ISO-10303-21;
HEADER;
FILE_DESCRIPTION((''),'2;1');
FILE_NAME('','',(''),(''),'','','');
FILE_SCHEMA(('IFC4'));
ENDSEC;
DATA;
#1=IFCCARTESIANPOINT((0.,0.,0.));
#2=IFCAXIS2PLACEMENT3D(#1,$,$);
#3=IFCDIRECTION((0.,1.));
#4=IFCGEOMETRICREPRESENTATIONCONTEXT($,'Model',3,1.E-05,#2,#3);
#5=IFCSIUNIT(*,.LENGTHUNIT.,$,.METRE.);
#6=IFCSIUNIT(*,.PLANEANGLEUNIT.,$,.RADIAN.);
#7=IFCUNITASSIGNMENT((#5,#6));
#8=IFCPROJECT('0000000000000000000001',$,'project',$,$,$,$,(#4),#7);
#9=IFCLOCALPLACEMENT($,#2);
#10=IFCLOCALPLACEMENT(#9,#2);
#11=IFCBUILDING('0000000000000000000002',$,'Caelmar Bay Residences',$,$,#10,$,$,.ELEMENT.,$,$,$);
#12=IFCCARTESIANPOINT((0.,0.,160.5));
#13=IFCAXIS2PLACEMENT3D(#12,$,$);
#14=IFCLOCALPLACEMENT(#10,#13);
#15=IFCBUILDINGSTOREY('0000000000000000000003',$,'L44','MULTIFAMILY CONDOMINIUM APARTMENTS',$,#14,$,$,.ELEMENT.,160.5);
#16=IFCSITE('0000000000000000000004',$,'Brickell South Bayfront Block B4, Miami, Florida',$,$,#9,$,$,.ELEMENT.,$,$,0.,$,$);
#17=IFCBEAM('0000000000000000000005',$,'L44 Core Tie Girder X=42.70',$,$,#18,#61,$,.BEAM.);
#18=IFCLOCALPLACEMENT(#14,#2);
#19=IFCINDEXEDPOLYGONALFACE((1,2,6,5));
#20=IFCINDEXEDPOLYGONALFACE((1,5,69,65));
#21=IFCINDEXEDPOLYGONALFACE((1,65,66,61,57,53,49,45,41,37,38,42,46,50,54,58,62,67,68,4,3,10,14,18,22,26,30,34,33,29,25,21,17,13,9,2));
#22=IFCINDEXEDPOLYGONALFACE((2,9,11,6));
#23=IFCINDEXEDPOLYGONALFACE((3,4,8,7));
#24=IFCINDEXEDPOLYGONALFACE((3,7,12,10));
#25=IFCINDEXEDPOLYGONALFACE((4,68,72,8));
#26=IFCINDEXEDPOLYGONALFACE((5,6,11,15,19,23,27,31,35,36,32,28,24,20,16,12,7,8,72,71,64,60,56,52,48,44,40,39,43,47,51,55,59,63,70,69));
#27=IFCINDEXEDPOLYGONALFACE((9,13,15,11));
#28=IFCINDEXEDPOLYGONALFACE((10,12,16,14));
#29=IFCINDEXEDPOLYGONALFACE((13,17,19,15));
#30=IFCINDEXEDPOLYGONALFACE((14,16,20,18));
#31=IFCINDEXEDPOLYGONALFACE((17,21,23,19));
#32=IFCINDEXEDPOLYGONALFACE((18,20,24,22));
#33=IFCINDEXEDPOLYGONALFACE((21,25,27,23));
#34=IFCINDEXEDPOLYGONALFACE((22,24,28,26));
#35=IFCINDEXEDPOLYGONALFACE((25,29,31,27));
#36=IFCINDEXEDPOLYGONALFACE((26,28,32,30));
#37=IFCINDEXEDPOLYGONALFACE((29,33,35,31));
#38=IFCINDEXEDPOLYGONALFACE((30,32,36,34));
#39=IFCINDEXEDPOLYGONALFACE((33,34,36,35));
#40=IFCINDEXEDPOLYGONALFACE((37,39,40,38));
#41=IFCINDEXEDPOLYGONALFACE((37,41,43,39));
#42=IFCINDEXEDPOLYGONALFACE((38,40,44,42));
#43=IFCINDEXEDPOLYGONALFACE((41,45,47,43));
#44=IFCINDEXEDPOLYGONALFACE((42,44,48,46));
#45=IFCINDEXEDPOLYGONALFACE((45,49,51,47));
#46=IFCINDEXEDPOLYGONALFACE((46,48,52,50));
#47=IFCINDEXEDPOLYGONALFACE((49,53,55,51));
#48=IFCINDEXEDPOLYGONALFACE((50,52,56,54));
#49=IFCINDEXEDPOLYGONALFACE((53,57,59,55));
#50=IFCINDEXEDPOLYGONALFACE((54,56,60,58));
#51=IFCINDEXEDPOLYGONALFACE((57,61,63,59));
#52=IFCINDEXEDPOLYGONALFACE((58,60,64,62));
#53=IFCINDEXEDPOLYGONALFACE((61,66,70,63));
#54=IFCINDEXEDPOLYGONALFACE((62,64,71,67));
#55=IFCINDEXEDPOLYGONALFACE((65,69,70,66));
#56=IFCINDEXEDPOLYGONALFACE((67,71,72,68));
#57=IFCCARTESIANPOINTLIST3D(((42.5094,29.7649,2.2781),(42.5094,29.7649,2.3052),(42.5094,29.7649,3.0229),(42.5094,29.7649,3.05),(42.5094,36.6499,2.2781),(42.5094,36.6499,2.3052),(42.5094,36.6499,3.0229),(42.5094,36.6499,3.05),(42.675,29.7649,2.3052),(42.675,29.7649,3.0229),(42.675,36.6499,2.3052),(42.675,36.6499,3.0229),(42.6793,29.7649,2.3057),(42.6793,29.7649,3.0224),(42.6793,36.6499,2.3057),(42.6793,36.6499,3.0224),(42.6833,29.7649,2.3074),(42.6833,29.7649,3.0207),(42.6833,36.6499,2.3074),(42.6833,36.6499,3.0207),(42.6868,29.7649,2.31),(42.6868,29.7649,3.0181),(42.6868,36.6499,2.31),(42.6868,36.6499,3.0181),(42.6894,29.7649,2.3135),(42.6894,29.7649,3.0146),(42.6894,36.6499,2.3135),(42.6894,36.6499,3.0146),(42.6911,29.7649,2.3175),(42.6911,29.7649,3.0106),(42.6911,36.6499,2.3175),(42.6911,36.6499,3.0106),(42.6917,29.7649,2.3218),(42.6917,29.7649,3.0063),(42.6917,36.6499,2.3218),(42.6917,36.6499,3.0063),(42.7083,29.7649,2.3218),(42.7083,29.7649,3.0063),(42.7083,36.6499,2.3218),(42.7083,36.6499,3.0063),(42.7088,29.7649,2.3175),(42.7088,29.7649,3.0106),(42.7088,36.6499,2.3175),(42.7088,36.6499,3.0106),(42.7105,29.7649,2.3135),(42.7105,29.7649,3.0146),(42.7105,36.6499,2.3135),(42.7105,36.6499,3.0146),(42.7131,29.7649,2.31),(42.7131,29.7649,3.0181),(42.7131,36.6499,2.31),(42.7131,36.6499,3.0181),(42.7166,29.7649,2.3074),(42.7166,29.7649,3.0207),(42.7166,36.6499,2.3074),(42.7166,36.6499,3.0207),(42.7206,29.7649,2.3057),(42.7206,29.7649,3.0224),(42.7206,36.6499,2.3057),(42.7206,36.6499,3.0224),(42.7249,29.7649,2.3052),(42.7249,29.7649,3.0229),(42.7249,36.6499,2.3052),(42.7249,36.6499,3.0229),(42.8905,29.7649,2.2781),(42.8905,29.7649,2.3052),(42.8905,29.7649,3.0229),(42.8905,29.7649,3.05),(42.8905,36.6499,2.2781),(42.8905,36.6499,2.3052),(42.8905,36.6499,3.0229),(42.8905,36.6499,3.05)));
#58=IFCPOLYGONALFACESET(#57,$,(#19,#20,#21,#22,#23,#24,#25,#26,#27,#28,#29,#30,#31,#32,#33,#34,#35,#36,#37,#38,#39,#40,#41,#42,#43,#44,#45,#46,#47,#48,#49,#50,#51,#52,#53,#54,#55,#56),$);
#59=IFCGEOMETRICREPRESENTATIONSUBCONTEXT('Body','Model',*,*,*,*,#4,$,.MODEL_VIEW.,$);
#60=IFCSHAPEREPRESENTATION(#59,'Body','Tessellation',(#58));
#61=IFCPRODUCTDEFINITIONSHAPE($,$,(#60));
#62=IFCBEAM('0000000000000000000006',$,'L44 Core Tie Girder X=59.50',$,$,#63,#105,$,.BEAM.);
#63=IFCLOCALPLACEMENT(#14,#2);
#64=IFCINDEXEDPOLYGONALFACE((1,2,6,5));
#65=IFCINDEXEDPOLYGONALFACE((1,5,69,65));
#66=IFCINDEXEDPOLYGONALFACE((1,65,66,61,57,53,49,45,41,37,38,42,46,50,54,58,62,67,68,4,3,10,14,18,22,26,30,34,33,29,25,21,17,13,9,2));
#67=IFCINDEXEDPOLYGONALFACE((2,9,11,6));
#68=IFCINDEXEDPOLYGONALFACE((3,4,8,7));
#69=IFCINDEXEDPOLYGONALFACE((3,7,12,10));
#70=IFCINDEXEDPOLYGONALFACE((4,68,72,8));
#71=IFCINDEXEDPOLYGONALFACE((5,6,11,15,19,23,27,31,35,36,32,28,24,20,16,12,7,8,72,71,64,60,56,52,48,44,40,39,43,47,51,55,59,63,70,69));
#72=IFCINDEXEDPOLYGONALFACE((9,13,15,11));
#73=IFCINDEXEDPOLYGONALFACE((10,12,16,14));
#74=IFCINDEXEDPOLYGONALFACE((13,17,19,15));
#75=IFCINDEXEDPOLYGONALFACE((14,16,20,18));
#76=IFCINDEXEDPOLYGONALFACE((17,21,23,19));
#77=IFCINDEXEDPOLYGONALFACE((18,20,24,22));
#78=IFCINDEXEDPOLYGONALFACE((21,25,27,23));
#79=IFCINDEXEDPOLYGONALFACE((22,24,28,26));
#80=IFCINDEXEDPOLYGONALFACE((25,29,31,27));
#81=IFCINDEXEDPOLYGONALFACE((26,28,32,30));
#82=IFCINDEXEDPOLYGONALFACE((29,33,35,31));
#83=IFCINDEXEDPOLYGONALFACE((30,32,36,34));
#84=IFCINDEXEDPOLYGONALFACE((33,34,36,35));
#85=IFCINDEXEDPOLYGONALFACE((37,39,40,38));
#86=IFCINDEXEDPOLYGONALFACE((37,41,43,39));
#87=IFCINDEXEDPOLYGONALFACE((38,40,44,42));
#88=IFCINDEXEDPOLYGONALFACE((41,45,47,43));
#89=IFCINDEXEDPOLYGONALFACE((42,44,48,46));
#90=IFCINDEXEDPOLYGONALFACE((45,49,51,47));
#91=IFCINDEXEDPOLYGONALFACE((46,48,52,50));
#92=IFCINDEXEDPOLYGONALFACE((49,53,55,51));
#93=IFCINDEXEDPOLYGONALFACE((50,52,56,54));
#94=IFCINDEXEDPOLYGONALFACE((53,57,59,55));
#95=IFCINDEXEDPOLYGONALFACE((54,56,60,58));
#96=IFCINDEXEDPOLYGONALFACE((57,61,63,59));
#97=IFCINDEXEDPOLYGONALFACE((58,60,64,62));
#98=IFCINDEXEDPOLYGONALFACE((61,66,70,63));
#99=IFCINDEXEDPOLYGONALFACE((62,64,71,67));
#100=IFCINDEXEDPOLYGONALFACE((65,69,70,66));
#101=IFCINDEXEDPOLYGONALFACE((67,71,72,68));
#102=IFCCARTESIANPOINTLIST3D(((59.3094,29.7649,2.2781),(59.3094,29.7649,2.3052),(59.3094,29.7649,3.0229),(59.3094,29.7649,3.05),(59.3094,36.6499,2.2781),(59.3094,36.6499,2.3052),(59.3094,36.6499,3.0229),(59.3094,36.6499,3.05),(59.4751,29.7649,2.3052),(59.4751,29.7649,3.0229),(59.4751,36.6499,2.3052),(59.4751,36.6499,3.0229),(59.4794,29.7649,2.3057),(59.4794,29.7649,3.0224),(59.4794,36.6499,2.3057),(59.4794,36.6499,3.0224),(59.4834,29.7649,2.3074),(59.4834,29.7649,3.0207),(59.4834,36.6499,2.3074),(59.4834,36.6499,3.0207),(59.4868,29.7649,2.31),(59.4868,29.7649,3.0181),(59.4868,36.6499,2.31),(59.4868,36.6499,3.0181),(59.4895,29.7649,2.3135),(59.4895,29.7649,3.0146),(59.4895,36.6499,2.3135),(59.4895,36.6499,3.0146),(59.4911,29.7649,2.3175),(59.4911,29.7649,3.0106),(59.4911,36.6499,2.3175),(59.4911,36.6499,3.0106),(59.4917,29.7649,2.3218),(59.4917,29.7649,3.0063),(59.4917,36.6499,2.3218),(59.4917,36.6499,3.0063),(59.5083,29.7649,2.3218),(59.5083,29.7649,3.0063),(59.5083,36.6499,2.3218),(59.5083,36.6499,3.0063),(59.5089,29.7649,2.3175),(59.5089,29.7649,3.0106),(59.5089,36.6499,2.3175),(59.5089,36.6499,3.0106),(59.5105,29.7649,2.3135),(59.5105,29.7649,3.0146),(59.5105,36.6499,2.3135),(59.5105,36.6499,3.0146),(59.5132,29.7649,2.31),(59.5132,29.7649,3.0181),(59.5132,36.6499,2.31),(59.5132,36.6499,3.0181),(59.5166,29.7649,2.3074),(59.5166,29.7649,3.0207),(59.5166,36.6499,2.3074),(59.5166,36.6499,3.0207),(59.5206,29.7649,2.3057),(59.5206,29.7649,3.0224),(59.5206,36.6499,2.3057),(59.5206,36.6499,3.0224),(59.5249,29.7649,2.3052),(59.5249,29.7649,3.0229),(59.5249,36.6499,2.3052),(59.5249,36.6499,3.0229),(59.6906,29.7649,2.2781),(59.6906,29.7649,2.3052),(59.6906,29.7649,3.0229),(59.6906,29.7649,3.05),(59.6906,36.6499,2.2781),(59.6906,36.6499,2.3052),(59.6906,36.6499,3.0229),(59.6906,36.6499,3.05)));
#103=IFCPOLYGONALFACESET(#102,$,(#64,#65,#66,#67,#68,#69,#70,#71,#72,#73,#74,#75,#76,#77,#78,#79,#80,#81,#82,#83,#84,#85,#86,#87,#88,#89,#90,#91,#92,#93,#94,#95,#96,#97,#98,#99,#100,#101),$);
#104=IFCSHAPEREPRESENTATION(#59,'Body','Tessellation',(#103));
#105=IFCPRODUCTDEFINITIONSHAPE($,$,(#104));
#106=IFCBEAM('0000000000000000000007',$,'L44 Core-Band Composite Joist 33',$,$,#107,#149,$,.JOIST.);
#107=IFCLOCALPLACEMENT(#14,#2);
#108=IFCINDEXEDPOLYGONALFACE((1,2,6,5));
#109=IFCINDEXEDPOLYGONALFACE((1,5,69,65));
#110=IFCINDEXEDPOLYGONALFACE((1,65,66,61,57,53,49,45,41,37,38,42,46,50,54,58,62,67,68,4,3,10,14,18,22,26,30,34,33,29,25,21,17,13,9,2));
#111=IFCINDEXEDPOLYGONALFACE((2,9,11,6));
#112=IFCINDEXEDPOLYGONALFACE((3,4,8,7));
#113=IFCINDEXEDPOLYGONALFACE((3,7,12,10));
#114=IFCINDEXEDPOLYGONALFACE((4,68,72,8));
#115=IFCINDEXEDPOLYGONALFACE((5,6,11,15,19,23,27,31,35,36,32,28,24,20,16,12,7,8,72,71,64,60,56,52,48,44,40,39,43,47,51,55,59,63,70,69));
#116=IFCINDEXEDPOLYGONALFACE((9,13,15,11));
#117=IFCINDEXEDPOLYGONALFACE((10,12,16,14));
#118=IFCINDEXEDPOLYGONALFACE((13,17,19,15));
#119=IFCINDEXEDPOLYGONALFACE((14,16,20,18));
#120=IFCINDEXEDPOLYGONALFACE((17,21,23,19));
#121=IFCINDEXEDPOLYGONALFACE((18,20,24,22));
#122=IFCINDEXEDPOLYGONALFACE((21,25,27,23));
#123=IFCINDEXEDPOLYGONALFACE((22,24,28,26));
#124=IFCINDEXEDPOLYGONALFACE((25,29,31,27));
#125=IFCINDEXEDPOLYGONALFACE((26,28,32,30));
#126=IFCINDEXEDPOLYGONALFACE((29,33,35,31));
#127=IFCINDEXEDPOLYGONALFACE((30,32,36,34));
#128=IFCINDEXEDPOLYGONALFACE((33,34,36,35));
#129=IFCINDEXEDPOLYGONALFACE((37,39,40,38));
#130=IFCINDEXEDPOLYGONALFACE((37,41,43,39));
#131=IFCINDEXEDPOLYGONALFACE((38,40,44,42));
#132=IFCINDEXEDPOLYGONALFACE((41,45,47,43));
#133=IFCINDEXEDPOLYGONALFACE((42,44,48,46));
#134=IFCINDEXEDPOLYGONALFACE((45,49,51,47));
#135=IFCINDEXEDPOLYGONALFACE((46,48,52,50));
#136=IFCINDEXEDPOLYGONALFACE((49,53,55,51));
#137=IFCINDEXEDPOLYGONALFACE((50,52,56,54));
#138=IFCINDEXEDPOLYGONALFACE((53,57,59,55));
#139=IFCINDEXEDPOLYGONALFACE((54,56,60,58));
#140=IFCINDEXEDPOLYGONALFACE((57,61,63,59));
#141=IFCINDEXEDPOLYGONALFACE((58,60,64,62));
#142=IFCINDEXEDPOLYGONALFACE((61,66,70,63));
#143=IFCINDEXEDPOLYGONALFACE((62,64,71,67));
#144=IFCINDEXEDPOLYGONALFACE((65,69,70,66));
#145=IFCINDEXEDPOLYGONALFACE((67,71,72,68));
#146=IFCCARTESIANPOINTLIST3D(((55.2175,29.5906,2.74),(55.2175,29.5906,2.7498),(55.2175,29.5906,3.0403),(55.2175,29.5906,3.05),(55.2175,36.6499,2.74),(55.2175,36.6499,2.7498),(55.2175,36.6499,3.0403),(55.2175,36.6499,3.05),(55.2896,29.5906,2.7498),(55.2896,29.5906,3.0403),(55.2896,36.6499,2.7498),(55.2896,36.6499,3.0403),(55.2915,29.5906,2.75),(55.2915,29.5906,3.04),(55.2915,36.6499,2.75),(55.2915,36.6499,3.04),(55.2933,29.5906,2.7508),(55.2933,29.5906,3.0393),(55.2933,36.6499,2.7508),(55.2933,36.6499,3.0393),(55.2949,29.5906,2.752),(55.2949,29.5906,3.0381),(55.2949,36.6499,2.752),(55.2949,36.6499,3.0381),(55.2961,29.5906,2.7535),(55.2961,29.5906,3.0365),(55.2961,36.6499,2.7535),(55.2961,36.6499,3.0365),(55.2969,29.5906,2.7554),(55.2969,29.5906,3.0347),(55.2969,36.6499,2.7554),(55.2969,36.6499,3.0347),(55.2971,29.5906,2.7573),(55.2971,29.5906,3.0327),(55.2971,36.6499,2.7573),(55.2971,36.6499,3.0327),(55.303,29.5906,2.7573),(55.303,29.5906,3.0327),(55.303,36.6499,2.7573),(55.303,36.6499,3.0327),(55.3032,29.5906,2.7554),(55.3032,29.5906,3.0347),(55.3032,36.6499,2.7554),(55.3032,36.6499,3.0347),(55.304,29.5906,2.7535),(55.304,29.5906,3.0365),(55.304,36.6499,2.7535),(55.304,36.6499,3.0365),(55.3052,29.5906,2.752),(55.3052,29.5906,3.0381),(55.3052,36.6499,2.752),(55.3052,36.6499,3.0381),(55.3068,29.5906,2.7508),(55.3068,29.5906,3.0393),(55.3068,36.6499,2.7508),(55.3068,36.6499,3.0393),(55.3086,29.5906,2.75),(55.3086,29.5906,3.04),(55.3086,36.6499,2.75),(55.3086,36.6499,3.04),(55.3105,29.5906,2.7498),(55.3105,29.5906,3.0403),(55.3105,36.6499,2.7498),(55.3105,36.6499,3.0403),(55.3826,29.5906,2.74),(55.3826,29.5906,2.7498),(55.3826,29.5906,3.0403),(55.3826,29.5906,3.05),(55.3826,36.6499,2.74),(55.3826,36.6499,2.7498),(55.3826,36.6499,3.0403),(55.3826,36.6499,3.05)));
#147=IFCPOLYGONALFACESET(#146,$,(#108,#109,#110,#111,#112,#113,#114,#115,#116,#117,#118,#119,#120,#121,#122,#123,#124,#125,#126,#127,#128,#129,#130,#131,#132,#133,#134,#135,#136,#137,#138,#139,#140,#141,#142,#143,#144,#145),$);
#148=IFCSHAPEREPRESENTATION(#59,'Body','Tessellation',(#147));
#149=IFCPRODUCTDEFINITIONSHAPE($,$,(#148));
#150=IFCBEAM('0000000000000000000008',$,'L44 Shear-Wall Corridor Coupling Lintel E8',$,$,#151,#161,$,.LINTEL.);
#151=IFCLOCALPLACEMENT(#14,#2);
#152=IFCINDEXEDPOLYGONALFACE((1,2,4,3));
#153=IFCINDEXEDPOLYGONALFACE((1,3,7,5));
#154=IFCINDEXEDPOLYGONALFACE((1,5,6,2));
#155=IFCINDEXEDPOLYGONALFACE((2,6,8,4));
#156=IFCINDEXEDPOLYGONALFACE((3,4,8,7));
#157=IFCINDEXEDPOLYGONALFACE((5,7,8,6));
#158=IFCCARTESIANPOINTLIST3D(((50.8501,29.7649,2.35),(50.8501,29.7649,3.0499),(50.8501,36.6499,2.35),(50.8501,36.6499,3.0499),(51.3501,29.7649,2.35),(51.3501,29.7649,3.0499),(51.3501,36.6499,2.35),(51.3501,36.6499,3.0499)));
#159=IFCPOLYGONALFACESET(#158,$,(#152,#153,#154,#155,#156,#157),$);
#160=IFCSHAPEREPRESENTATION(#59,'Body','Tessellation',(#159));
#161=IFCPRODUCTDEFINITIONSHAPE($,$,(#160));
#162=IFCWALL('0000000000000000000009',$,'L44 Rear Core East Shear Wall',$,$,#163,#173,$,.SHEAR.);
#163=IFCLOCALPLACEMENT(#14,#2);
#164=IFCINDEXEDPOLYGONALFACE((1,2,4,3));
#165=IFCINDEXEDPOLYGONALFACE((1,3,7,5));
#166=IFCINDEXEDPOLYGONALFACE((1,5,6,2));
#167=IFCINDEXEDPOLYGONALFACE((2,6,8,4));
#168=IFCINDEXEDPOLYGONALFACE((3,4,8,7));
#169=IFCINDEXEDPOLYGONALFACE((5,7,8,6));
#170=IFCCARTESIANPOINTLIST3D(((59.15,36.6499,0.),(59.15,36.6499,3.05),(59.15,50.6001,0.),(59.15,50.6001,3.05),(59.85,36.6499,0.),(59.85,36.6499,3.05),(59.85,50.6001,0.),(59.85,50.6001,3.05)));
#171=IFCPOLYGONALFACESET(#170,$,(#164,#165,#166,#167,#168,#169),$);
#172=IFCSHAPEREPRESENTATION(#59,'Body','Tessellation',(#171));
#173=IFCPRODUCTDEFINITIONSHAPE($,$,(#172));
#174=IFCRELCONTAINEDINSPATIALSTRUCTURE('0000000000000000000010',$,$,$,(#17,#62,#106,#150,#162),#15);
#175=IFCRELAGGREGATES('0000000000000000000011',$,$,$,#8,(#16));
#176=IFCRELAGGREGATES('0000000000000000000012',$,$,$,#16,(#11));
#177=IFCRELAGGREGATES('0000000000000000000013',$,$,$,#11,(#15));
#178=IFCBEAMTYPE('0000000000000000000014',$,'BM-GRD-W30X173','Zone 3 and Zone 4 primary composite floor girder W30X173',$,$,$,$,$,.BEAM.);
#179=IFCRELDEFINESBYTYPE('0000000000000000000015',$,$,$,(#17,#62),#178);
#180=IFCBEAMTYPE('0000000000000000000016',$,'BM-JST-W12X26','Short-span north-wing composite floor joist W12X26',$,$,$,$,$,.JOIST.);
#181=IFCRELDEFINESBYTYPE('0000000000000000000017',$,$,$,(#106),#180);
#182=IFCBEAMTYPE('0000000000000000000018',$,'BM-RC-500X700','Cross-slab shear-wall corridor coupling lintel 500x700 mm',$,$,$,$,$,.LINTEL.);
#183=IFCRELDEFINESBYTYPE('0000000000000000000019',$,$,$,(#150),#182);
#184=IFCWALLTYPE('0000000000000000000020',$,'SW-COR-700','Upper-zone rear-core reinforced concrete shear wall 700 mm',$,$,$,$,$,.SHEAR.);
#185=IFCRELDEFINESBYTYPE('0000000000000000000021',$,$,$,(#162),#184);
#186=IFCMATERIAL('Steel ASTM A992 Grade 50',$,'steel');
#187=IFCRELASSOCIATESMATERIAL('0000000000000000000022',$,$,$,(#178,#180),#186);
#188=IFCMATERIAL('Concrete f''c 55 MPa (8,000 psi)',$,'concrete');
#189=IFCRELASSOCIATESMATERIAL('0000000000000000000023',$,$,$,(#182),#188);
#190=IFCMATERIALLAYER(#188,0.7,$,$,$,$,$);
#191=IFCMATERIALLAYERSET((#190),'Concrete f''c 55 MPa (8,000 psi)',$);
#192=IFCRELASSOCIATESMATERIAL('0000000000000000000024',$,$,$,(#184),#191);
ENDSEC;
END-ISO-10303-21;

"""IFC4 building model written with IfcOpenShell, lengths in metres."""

from ifc_helpers import new_model, si_unit, direction, frame, frame_2d, origin, origin_2d, place, context, subcontext, project, spatial, rectangle, i_section, extrude, material, layer, layer_set, material_profile, profile_set, type_object, element, save


model = new_model("IFC4")

# Units and contexts
model_context = context("Model", 3, precision=1e-05, world=origin(), true_north=direction((0.0, 1.0)))
body_context = subcontext(model_context, "Body", "Model", "MODEL_VIEW")
ifc_project = project(units=[si_unit("LENGTHUNIT", "METRE"), si_unit("PLANEANGLEUNIT", "RADIAN")], contexts=[model_context])

# Site, building, storey
site_placement = place(None, origin())
site = spatial("IfcSite", under=ifc_project, at=site_placement, Name="Brickell South Bayfront Block B4, Miami, Florida", CompositionType="ELEMENT", RefElevation=0.0)
building_placement = place(site_placement, origin())
building = spatial("IfcBuilding", under=site, at=building_placement, Name="Caelmar Bay Residences", CompositionType="ELEMENT")
storey_placement = place(building_placement, frame((0.0, 0.0, 160.5)))
storey = spatial("IfcBuildingStorey", under=building, at=storey_placement, Name="L44", Description="MULTIFAMILY CONDOMINIUM APARTMENTS", CompositionType="ELEMENT", Elevation=160.5)

# Beams
ifc_material_1 = material(Name="Steel ASTM A992 Grade 50", Category="steel")
ifc_material_profile_1 = material_profile(ifc_material_1, i_section(OverallWidth=0.3811, OverallDepth=0.772, WebThickness=0.0166, FlangeThickness=0.0271, FilletRadius=0.0166, at=origin_2d()), Name="W30X173")
ifc_profile_set_1 = profile_set([ifc_material_profile_1], Name="Steel ASTM A992 Grade 50")
beam_type_1 = type_object("IfcBeamType", Name="BM-GRD-W30X173", Description="Zone 3 and Zone 4 primary composite floor girder W30X173", PredefinedType="BEAM", material=ifc_profile_set_1)
for number, where, z_axis, x_axis, name in (
    (1, (42.7, 29.7649, 2.6641), (0.0, 1.0, 0.0), (-1.0, 0.0, 0.0), "L44 Core Tie Girder X=42.70"),
    (2, (59.5, 29.7649, 2.6641), (0.0, 1.0, 0.0), (-1.0, 0.0, 0.0), "L44 Core Tie Girder X=59.50"),
):
    element("IfcBeam", number, at=place(storey_placement, frame(where, z_axis=z_axis, x_axis=x_axis)), inside=storey, type_object=beam_type_1, Name=name, PredefinedType="BEAM", context=body_context, shape_type="SweptSolid", body=[
        extrude(i_section(OverallWidth=0.3811, OverallDepth=0.772, WebThickness=0.0166, FlangeThickness=0.0271, FilletRadius=0.0166, at=origin_2d()), origin(), (0.0, 0.0, 1.0), 6.885),
    ])
ifc_material_profile_2 = material_profile(ifc_material_1, i_section(OverallWidth=0.165, OverallDepth=0.3101, WebThickness=0.0059, FlangeThickness=0.0098, FilletRadius=0.0076, at=origin_2d()), Name="W12X26")
ifc_profile_set_2 = profile_set([ifc_material_profile_2], Name="Steel ASTM A992 Grade 50")
beam_type_2 = type_object("IfcBeamType", Name="BM-JST-W12X26", Description="Short-span north-wing composite floor joist W12X26", PredefinedType="JOIST", material=ifc_profile_set_2)
beam_1_placement = place(storey_placement, frame((55.3, 29.5906, 2.895), z_axis=(0.0, 1.0, 0.0), x_axis=(-1.0, 0.0, 0.0)))
element("IfcBeam", 3, at=beam_1_placement, inside=storey, type_object=beam_type_2, Name="L44 Core-Band Composite Joist 33", PredefinedType="JOIST", context=body_context, shape_type="SweptSolid", body=[
    extrude(i_section(OverallWidth=0.165, OverallDepth=0.3101, WebThickness=0.0059, FlangeThickness=0.0098, FilletRadius=0.0076, at=origin_2d()), origin(), (0.0, 0.0, 1.0), 7.0593),
])
ifc_material_2 = material(Name="Concrete f'c 55 MPa (8,000 psi)", Category="concrete")
ifc_material_profile_3 = material_profile(ifc_material_2, rectangle(XDim=0.5, YDim=0.7, at=origin_2d()), Name="RC-BM-500X700")
ifc_profile_set_3 = profile_set([ifc_material_profile_3], Name="Concrete f'c 55 MPa (8,000 psi)")
beam_type_3 = type_object("IfcBeamType", Name="BM-RC-500X700", Description="Cross-slab shear-wall corridor coupling lintel 500x700 mm", PredefinedType="LINTEL", material=ifc_profile_set_3)
beam_2_placement = place(storey_placement, frame((51.1001, 29.7649, 2.7), z_axis=(0.0, 1.0, 0.0), x_axis=(-1.0, 0.0, 0.0)))
element("IfcBeam", 4, at=beam_2_placement, inside=storey, type_object=beam_type_3, Name="L44 Shear-Wall Corridor Coupling Lintel E8", PredefinedType="LINTEL", context=body_context, shape_type="SweptSolid", body=[
    extrude(rectangle(XDim=0.5, YDim=0.7, at=origin_2d()), origin(), (0.0, 0.0, 1.0), 6.885),
])

# Wall
ifc_layer_1 = layer(ifc_material_2, 0.7)
ifc_layer_set_1 = layer_set([ifc_layer_1], Name="Concrete f'c 55 MPa (8,000 psi)")
wall_type_1 = type_object("IfcWallType", Name="SW-COR-700", Description="Upper-zone rear-core reinforced concrete shear wall 700 mm", PredefinedType="SHEAR", material=ifc_layer_set_1)
wall_1_placement = place(storey_placement, frame((59.5, 36.6499, 0.0), z_axis=(0.0, 0.0, 1.0), x_axis=(0.0, 1.0, 0.0)))
element("IfcWall", 5, at=wall_1_placement, inside=storey, type_object=wall_type_1, Name="L44 Rear Core East Shear Wall", PredefinedType="SHEAR", context=body_context, shape_type="SweptSolid", body=[
    extrude(rectangle(XDim=13.9502, YDim=0.7, at=frame_2d((6.9751, 0.0))), origin(), (0.0, 0.0, 1.0), 3.05),
])

save(model, "model.ifc")
